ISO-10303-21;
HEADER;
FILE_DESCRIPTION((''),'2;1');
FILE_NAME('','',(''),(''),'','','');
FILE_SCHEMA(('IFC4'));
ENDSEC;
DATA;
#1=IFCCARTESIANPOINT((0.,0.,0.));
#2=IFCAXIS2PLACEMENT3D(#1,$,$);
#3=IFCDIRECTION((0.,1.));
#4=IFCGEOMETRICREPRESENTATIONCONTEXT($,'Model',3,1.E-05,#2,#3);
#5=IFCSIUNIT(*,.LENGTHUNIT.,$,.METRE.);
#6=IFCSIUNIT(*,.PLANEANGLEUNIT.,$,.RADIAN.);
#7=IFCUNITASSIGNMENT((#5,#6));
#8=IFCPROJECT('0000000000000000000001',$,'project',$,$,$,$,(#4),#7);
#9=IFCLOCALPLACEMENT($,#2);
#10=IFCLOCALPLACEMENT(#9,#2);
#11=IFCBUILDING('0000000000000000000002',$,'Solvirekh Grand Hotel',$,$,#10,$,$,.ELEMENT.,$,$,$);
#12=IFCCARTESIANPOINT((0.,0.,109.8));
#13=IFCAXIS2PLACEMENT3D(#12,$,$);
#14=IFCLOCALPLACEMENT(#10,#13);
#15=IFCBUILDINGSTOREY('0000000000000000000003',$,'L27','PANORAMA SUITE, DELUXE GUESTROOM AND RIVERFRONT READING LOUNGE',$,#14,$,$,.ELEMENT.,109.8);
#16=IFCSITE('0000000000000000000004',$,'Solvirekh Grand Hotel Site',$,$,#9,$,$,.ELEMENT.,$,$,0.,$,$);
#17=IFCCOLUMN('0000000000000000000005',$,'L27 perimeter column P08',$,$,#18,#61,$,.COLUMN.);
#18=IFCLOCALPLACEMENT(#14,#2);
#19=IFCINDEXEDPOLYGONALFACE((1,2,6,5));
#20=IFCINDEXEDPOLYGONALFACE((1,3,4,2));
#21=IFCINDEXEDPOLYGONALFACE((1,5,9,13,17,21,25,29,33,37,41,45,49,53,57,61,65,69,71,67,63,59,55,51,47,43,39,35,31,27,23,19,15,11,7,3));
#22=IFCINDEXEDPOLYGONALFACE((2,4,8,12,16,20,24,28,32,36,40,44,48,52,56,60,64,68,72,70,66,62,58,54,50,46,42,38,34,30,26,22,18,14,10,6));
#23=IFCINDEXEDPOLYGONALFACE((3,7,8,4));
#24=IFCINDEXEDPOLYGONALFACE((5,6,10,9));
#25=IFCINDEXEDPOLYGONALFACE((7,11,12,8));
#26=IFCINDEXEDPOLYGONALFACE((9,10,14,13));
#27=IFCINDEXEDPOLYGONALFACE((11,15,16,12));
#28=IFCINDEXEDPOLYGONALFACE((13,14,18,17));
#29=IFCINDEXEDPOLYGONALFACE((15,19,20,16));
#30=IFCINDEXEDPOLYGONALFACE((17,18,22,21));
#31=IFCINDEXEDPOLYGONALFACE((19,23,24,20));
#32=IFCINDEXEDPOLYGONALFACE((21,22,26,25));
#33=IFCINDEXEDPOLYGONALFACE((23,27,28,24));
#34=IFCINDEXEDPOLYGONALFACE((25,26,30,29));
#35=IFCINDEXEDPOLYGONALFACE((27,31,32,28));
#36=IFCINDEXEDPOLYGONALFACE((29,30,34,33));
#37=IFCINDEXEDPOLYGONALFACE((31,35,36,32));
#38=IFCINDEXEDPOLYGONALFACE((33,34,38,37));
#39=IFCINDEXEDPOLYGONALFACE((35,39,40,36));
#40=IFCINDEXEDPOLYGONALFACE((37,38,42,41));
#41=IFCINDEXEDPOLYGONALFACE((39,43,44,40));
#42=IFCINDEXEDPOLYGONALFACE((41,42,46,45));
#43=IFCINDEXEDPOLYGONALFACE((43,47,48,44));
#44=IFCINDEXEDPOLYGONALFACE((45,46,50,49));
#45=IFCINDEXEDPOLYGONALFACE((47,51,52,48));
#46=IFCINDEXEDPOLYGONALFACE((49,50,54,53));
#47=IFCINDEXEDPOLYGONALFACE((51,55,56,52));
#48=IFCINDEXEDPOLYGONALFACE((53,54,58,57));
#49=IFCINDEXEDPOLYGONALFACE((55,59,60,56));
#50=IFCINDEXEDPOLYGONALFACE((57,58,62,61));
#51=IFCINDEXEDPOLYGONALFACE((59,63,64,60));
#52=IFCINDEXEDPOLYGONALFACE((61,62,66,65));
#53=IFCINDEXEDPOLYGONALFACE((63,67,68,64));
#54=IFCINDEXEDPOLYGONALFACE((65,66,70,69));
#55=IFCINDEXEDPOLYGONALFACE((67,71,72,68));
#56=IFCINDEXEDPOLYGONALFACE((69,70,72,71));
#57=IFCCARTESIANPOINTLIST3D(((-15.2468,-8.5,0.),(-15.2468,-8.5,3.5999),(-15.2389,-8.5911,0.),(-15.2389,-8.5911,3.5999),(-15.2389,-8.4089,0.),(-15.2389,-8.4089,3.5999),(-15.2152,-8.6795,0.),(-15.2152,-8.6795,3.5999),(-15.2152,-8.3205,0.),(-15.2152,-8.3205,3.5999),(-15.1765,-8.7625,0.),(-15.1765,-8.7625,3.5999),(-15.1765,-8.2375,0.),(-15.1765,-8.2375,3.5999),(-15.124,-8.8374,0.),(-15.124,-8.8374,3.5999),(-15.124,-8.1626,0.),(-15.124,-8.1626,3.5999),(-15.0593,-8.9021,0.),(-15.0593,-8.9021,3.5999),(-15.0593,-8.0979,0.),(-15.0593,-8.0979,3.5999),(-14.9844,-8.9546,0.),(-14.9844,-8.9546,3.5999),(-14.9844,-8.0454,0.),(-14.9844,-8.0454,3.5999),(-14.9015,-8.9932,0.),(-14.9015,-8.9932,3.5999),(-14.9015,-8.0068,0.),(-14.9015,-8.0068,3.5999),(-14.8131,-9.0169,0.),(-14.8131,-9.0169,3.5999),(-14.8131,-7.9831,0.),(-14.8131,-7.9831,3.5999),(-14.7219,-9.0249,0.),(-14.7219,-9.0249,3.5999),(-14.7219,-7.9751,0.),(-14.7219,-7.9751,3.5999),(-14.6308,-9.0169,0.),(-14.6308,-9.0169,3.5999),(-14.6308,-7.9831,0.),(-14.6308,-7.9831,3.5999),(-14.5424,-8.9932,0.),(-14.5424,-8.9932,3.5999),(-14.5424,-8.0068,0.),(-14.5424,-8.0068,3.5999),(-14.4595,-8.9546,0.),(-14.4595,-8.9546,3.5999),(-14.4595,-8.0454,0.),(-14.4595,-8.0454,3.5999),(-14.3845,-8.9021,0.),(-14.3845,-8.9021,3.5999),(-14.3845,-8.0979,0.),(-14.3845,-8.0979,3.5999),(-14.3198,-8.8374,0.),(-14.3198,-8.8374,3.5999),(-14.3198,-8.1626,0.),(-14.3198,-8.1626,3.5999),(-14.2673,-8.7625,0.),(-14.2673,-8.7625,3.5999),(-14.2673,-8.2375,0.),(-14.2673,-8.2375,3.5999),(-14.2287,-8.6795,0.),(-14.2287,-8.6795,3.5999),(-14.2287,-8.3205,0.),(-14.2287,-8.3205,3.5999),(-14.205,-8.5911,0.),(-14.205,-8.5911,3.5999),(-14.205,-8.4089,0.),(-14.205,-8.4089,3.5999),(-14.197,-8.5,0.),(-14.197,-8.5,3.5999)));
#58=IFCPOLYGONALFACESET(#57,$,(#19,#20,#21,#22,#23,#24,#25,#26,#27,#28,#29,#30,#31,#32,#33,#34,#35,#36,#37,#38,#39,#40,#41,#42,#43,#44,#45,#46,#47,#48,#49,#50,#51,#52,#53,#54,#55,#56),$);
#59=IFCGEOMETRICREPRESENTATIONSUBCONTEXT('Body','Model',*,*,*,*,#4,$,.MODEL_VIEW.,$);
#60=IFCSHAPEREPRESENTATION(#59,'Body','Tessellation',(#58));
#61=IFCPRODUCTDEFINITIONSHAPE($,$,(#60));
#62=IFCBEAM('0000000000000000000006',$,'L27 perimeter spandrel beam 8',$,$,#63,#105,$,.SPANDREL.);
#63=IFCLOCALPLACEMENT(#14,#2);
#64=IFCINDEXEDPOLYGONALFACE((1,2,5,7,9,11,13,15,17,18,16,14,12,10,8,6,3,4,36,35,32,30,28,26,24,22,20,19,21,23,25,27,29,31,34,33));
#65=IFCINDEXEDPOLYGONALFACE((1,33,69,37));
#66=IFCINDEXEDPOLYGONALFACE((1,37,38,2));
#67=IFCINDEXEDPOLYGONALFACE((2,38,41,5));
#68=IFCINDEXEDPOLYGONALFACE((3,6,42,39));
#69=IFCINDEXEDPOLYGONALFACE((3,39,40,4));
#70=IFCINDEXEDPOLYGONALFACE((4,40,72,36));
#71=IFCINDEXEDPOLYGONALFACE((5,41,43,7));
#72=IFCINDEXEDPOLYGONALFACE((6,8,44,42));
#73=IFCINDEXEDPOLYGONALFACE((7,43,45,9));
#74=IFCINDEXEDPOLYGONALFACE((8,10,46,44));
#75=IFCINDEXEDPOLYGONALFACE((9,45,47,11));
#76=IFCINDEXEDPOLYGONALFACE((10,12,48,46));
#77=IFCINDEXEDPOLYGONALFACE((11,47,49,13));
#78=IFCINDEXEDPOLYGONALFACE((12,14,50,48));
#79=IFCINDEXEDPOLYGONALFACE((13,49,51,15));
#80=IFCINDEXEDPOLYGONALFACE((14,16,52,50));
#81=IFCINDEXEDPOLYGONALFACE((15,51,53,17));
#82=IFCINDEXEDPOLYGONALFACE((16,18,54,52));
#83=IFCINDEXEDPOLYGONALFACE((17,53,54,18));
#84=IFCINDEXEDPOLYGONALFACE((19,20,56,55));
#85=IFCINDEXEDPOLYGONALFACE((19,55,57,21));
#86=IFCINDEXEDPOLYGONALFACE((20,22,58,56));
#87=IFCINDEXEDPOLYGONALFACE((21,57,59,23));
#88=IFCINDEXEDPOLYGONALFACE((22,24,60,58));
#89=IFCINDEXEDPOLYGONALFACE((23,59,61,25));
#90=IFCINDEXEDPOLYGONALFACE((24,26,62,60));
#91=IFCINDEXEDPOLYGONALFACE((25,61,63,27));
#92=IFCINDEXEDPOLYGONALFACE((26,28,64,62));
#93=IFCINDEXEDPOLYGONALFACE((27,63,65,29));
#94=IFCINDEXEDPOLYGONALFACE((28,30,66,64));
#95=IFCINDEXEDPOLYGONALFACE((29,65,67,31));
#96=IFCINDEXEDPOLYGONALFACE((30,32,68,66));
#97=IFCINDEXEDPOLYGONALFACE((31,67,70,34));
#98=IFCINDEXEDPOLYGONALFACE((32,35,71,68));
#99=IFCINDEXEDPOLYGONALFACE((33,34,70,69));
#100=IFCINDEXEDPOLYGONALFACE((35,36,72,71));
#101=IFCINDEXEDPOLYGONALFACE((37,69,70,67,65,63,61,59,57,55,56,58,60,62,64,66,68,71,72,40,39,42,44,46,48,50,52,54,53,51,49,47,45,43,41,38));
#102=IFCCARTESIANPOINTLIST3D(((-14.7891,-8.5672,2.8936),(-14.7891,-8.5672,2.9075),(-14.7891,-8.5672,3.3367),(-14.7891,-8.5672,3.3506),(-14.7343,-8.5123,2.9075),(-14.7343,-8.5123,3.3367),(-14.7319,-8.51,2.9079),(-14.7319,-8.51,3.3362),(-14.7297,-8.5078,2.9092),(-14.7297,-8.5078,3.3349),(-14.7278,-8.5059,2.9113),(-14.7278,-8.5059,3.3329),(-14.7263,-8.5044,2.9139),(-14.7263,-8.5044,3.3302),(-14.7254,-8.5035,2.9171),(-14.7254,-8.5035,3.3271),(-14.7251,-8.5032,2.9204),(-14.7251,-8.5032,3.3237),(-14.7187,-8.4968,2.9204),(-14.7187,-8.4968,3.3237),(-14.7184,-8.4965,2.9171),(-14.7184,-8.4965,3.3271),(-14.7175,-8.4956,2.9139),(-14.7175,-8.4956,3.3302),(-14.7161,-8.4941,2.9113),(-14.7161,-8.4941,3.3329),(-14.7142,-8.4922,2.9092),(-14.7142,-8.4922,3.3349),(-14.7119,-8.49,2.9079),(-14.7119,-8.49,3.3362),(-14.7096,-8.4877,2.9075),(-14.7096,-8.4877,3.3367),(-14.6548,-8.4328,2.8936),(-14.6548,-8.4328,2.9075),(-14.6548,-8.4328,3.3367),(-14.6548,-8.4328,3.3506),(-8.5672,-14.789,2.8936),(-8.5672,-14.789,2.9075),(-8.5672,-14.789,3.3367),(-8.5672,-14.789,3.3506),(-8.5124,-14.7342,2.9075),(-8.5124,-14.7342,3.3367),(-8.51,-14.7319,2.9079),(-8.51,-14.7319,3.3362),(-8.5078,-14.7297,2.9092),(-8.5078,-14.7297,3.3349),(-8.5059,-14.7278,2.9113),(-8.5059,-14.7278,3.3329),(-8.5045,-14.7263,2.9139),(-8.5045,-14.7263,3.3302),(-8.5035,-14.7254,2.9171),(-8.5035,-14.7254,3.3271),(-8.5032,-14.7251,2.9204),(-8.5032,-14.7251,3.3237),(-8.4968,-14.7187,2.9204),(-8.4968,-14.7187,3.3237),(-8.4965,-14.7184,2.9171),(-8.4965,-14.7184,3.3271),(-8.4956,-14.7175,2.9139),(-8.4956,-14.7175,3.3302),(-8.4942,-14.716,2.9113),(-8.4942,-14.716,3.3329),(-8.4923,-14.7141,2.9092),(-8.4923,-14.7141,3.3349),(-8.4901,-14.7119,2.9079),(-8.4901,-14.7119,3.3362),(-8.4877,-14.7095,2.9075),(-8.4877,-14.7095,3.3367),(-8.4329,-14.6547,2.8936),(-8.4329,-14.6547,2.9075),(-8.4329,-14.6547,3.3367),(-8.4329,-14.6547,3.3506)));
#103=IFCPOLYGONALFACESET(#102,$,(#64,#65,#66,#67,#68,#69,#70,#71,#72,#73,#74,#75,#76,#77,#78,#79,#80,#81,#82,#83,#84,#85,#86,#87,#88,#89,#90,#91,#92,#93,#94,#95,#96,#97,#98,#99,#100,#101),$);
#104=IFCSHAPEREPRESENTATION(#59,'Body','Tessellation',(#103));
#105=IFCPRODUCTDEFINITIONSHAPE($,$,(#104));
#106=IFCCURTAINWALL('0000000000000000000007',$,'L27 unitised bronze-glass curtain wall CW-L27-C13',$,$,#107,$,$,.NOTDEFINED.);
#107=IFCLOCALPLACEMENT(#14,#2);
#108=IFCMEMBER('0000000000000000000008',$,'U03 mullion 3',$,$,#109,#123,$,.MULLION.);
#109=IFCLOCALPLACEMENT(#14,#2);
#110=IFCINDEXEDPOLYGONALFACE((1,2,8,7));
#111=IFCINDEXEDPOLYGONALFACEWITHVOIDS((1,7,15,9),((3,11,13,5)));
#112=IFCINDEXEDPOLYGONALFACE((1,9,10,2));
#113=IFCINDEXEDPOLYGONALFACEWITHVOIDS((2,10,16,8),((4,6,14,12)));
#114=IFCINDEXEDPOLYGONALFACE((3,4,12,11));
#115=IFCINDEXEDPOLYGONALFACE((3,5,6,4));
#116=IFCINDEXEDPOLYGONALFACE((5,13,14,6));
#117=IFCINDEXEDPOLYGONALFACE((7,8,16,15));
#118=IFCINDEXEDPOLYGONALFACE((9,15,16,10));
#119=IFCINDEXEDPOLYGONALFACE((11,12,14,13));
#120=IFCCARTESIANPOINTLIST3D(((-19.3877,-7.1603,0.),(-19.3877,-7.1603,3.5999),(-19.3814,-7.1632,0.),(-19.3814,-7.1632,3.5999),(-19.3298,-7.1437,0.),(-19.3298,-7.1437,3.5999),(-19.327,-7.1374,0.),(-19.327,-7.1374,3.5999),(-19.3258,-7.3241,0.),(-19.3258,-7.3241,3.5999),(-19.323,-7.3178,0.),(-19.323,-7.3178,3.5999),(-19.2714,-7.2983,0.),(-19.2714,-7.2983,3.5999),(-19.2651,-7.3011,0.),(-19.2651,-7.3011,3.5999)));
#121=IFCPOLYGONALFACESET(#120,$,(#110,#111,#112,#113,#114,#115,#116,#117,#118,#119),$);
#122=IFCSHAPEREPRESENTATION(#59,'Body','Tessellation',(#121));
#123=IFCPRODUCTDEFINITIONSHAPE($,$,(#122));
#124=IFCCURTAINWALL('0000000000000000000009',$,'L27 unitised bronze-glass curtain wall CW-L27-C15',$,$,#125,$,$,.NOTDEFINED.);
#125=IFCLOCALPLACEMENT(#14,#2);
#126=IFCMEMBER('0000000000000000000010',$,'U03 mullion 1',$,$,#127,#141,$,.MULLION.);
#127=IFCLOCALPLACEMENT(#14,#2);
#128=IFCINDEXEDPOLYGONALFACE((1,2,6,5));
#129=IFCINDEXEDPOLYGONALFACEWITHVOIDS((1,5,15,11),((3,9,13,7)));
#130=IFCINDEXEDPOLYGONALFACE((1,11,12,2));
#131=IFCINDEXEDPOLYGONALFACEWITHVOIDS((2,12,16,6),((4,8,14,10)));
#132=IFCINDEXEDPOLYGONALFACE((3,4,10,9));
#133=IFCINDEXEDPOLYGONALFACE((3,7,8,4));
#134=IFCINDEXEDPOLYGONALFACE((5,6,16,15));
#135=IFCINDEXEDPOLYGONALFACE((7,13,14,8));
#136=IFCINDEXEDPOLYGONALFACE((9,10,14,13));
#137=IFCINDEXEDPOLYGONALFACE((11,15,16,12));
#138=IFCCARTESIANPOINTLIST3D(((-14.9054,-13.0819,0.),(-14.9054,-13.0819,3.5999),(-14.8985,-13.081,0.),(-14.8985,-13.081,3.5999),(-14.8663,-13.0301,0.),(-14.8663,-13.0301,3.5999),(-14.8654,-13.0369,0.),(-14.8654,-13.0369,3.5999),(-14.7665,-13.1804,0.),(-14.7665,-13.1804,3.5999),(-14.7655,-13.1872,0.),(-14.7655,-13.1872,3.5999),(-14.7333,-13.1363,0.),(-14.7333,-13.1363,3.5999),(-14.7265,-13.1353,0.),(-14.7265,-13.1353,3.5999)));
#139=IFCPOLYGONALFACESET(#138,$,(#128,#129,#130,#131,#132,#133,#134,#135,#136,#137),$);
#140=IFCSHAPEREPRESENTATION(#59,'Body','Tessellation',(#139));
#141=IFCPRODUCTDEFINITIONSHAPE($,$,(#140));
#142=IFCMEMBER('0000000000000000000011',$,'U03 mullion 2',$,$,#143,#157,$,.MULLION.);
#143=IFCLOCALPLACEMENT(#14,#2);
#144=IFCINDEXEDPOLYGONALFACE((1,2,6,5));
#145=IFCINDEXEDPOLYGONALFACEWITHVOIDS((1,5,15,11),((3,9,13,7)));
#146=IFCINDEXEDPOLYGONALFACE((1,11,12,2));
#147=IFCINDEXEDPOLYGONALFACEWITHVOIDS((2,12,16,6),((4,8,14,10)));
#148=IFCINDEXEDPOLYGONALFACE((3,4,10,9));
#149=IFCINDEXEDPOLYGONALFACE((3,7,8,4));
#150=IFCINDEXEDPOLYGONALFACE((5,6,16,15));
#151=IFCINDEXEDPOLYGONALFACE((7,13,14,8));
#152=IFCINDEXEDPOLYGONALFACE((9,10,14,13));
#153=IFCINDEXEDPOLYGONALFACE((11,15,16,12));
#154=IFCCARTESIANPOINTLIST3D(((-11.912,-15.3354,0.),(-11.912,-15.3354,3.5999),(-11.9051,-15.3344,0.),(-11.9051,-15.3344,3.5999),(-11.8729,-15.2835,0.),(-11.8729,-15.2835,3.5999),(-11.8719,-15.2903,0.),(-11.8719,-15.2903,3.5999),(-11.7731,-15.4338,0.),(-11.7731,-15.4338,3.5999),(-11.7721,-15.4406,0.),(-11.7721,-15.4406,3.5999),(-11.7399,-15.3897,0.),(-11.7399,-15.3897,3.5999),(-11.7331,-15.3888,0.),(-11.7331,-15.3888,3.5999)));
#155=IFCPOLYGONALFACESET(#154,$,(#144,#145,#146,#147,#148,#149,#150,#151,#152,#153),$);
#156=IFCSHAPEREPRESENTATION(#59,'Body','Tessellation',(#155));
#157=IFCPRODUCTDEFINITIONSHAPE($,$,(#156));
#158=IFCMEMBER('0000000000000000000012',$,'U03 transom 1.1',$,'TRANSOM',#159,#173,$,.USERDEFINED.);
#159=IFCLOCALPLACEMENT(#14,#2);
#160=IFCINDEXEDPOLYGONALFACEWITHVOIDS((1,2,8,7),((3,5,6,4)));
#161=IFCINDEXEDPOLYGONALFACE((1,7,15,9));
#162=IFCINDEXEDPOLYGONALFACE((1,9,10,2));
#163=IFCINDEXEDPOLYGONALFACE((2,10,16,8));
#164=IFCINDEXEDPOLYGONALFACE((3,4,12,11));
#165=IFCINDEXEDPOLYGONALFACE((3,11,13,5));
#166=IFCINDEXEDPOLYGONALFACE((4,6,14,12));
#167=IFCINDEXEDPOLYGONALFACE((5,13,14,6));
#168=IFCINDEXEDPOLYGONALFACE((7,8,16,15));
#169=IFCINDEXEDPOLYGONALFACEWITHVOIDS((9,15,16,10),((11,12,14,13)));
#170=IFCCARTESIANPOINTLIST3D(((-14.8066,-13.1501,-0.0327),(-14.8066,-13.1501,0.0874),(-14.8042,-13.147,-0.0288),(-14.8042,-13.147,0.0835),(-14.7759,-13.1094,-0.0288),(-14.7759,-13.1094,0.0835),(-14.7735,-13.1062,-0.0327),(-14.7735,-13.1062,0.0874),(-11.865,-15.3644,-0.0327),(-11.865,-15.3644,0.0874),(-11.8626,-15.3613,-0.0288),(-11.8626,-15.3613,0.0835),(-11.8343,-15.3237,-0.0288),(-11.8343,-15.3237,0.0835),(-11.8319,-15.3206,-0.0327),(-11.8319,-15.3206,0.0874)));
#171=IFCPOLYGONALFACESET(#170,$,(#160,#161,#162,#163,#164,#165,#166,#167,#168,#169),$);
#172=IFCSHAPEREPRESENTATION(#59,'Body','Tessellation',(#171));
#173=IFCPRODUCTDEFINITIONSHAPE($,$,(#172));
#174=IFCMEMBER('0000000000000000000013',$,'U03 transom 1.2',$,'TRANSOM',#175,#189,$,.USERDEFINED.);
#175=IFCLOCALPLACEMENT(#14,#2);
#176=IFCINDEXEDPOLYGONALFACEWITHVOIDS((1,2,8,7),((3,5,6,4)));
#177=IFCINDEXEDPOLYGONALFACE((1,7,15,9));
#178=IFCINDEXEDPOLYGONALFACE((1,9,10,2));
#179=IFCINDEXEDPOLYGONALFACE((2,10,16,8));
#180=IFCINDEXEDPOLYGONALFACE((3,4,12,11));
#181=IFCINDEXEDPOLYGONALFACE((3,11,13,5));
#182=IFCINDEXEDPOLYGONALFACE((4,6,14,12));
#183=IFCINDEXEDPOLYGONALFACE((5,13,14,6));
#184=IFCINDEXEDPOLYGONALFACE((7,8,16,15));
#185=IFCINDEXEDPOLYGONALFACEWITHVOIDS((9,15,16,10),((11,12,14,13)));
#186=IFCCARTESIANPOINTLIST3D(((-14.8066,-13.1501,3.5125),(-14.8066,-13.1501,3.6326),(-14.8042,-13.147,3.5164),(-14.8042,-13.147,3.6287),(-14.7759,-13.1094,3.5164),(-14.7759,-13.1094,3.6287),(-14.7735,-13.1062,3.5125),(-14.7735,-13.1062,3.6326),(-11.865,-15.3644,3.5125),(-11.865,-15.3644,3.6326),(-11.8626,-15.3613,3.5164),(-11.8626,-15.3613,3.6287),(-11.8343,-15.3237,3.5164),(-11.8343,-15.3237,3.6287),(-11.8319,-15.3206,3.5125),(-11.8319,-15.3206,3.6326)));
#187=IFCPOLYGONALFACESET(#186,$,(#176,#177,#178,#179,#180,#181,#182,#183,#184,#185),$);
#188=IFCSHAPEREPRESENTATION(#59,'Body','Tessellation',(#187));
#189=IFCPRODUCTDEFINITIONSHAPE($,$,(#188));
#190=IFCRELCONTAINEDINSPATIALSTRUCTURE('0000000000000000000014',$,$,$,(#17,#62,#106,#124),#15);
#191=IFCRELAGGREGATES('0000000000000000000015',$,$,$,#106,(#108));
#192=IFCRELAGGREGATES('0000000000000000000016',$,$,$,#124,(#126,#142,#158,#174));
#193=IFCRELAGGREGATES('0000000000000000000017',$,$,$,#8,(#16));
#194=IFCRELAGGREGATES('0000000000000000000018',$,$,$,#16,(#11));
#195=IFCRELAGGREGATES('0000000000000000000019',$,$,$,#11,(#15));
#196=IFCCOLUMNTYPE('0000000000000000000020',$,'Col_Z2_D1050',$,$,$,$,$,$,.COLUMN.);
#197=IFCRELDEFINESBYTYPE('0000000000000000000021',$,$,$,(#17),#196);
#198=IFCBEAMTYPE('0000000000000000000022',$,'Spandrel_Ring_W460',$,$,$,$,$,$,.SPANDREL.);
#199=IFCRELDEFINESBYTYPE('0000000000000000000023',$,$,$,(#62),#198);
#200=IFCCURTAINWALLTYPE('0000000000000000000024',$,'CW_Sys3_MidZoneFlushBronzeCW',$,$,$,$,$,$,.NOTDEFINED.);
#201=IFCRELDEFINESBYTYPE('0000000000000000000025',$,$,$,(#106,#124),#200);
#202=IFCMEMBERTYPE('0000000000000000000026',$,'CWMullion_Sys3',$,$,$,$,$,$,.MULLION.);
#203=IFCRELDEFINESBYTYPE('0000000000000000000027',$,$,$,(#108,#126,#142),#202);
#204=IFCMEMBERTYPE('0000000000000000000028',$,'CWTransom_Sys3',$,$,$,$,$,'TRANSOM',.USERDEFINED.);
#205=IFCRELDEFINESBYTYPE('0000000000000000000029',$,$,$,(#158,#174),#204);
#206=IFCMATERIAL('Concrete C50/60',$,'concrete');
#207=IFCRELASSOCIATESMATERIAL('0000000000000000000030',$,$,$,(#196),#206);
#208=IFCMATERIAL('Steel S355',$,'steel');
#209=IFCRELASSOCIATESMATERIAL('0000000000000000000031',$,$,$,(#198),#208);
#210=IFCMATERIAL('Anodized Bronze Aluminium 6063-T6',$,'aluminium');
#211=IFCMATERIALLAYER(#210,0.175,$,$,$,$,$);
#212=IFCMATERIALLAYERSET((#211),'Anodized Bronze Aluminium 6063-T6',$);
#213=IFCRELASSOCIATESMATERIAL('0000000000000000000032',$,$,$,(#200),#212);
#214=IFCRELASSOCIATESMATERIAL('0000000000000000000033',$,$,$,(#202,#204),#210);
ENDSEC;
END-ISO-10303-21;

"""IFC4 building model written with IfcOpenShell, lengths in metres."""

from ifc_helpers import new_model, si_unit, direction, frame, origin, origin_2d, place, context, subcontext, project, spatial, hollow_rectangle, circle, i_section, extrude, source, transform, mapped, material, layer, layer_set, material_profile, profile_set, type_object, element, aggregate, save


model = new_model("IFC4")

# Units and contexts
model_context = context("Model", 3, precision=1e-05, world=origin(), true_north=direction((0.0, 1.0)))
body_context = subcontext(model_context, "Body", "Model", "MODEL_VIEW")
ifc_project = project(units=[si_unit("LENGTHUNIT", "METRE"), si_unit("PLANEANGLEUNIT", "RADIAN")], contexts=[model_context])

# Site, building, storey
site_placement = place(None, origin())
site = spatial("IfcSite", under=ifc_project, at=site_placement, Name="Solvirekh Grand Hotel Site", CompositionType="ELEMENT", RefElevation=0.0)
building_placement = place(site_placement, origin())
building = spatial("IfcBuilding", under=site, at=building_placement, Name="Solvirekh Grand Hotel", CompositionType="ELEMENT")
storey_placement = place(building_placement, frame((0.0, 0.0, 109.8)))
storey = spatial("IfcBuildingStorey", under=building, at=storey_placement, Name="L27", Description="PANORAMA SUITE, DELUXE GUESTROOM AND RIVERFRONT READING LOUNGE", CompositionType="ELEMENT", Elevation=109.8)

# Column
ifc_material_1 = material(Name="Concrete C50/60", Category="concrete")
ifc_material_profile_1 = material_profile(ifc_material_1, circle(Radius=0.5249, at=origin_2d()), Name="RC CIRC D1050")
ifc_profile_set_1 = profile_set([ifc_material_profile_1], Name="Concrete C50/60")
column_type = type_object("IfcColumnType", Name="Col_Z2_D1050", PredefinedType="COLUMN", material=ifc_profile_set_1)
column_placement = place(storey_placement, frame((-14.7219, -8.5, 0.0), z_axis=(0.0, 0.0, 1.0), x_axis=(1.0, 0.0, 0.0)))
element("IfcColumn", 1, at=column_placement, inside=storey, type_object=column_type, Name="L27 perimeter column P08", PredefinedType="COLUMN", context=body_context, shape_type="SweptSolid", body=[
    extrude(circle(Radius=0.5249, at=origin_2d()), origin(), (0.0, 0.0, 1.0), 3.5999),
])

# Beam
ifc_material_2 = material(Name="Steel S355", Category="steel")
ifc_material_profile_2 = material_profile(ifc_material_2, i_section(OverallWidth=0.1899, OverallDepth=0.457, WebThickness=0.009, FlangeThickness=0.0139, FilletRadius=0.0129, at=origin_2d()), Name="W460X74")
ifc_profile_set_2 = profile_set([ifc_material_profile_2], Name="Steel S355")
beam_type = type_object("IfcBeamType", Name="Spandrel_Ring_W460", PredefinedType="SPANDREL", material=ifc_profile_set_2)
beam_placement = place(storey_placement, frame((-14.7219, -8.5, 3.1221), z_axis=(0.707107, -0.707107, 0.0), x_axis=(0.707107, 0.707107, 0.0)))
element("IfcBeam", 2, at=beam_placement, inside=storey, type_object=beam_type, Name="L27 perimeter spandrel beam 8", PredefinedType="SPANDREL", context=body_context, shape_type="SweptSolid", body=[
    extrude(i_section(OverallWidth=0.1899, OverallDepth=0.457, WebThickness=0.009, FlangeThickness=0.0139, FilletRadius=0.0129, at=origin_2d()), origin(), (0.0, 0.0, 1.0), 8.7991),
])

# Curtain wall, member
ifc_material_3 = material(Name="Anodized Bronze Aluminium 6063-T6", Category="aluminium")
ifc_layer_1 = layer(ifc_material_3, 0.175)
ifc_layer_set_1 = layer_set([ifc_layer_1], Name="Anodized Bronze Aluminium 6063-T6")
curtain_wall_type = type_object("IfcCurtainWallType", Name="CW_Sys3_MidZoneFlushBronzeCW", PredefinedType="NOTDEFINED", material=ifc_layer_set_1)
curtain_wall_1_placement = place(storey_placement, origin())
curtain_wall_1 = element("IfcCurtainWall", 3, at=curtain_wall_1_placement, inside=storey, type_object=curtain_wall_type, Name="L27 unitised bronze-glass curtain wall CW-L27-C13", PredefinedType="NOTDEFINED")
ifc_material_profile_3 = material_profile(ifc_material_3, hollow_rectangle(XDim=0.0649, YDim=0.175, WallThickness=0.0049, at=origin_2d()), Name="ALU RHS 175X65X5")
ifc_profile_set_3 = profile_set([ifc_material_profile_3], Name="Anodized Bronze Aluminium 6063-T6")
member_type_1 = type_object("IfcMemberType", Name="CWMullion_Sys3", PredefinedType="MULLION", material=ifc_profile_set_3)
shared_shape_1 = source(origin(), body_context, "Body", "SweptSolid", [
    extrude(hollow_rectangle(XDim=0.0649, YDim=0.175, WallThickness=0.0049, at=origin_2d()), origin(), (0.0, 0.0, 1.0), 3.5999),
])
member_1_placement = place(storey_placement, frame((-19.3264, -7.2307, 0.0), z_axis=(0.0, 0.0, 1.0), x_axis=(0.935421, 0.353537, 0.0)))
member_1 = element("IfcMember", 4, at=member_1_placement, type_object=member_type_1, Name="U03 mullion 3", PredefinedType="MULLION", context=body_context, shape_type="MappedRepresentation", body=[
    mapped(shared_shape_1, transform((0.0, 0.0, 0.0), x_axis=(1.0, 0.0, 0.0), y_axis=(0.0, 1.0, 0.0), z_axis=(0.0, 0.0, 1.0), scale=1.0)),
])

# Curtain wall, members
curtain_wall_2_placement = place(storey_placement, origin())
curtain_wall_2 = element("IfcCurtainWall", 5, at=curtain_wall_2_placement, inside=storey, type_object=curtain_wall_type, Name="L27 unitised bronze-glass curtain wall CW-L27-C15", PredefinedType="NOTDEFINED")
member_2_placement = place(storey_placement, frame((-14.8159, -13.1086, 0.0), z_axis=(0.0, 0.0, 1.0), x_axis=(0.601417, 0.798935, 0.0)))
member_2 = element("IfcMember", 6, at=member_2_placement, type_object=member_type_1, Name="U03 mullion 1", PredefinedType="MULLION", context=body_context, shape_type="MappedRepresentation", body=[
    mapped(shared_shape_1, transform((0.0, 0.0, 0.0), x_axis=(1.0, 0.0, 0.0), y_axis=(0.0, 1.0, 0.0), z_axis=(0.0, 0.0, 1.0), scale=1.0)),
])
member_3_placement = place(storey_placement, frame((-11.8225, -15.3621, 0.0), z_axis=(0.0, 0.0, 1.0), x_axis=(0.601417, 0.798935, 0.0)))
member_3 = element("IfcMember", 7, at=member_3_placement, type_object=member_type_1, Name="U03 mullion 2", PredefinedType="MULLION", context=body_context, shape_type="MappedRepresentation", body=[
    mapped(shared_shape_1, transform((0.0, 0.0, 0.0), x_axis=(1.0, 0.0, 0.0), y_axis=(0.0, 1.0, 0.0), z_axis=(0.0, 0.0, 1.0), scale=1.0)),
])
ifc_material_profile_4 = material_profile(ifc_material_3, hollow_rectangle(XDim=0.0549, YDim=0.1201, WallThickness=0.0039, at=origin_2d()), Name="ALU RHS 120X55X4")
ifc_profile_set_4 = profile_set([ifc_material_profile_4], Name="Anodized Bronze Aluminium 6063-T6")
member_type_2 = type_object("IfcMemberType", Name="CWTransom_Sys3", ElementType="TRANSOM", PredefinedType="USERDEFINED", material=ifc_profile_set_4)
shared_shape_2 = source(origin(), body_context, "Body", "SweptSolid", [
    extrude(hollow_rectangle(XDim=0.0549, YDim=0.1201, WallThickness=0.0039, at=origin_2d()), origin(), (0.0, 0.0, 1.0), 3.6819),
])
member_4_placement = place(storey_placement, frame((-14.79, -13.1282, 0.0273), z_axis=(0.79894, -0.60141, 0.0), x_axis=(0.60141, 0.79894, 0.0)))
member_4 = element("IfcMember", 8, at=member_4_placement, type_object=member_type_2, Name="U03 transom 1.1", ObjectType="TRANSOM", PredefinedType="USERDEFINED", context=body_context, shape_type="MappedRepresentation", body=[
    mapped(shared_shape_2, transform((0.0, 0.0, 0.0), x_axis=(1.0, 0.0, 0.0), y_axis=(0.0, 1.0, 0.0), z_axis=(0.0, 0.0, 1.0), scale=1.0)),
])
member_5_placement = place(storey_placement, frame((-14.79, -13.1282, 3.5725), z_axis=(0.79894, -0.60141, 0.0), x_axis=(0.60141, 0.79894, 0.0)))
member_5 = element("IfcMember", 9, at=member_5_placement, type_object=member_type_2, Name="U03 transom 1.2", ObjectType="TRANSOM", PredefinedType="USERDEFINED", context=body_context, shape_type="MappedRepresentation", body=[
    mapped(shared_shape_2, transform((0.0, 0.0, 0.0), x_axis=(1.0, 0.0, 0.0), y_axis=(0.0, 1.0, 0.0), z_axis=(0.0, 0.0, 1.0), scale=1.0)),
])

aggregate(curtain_wall_1, [member_1])
aggregate(curtain_wall_2, [member_2, member_3, member_4, member_5])

save(model, "model.ifc")
